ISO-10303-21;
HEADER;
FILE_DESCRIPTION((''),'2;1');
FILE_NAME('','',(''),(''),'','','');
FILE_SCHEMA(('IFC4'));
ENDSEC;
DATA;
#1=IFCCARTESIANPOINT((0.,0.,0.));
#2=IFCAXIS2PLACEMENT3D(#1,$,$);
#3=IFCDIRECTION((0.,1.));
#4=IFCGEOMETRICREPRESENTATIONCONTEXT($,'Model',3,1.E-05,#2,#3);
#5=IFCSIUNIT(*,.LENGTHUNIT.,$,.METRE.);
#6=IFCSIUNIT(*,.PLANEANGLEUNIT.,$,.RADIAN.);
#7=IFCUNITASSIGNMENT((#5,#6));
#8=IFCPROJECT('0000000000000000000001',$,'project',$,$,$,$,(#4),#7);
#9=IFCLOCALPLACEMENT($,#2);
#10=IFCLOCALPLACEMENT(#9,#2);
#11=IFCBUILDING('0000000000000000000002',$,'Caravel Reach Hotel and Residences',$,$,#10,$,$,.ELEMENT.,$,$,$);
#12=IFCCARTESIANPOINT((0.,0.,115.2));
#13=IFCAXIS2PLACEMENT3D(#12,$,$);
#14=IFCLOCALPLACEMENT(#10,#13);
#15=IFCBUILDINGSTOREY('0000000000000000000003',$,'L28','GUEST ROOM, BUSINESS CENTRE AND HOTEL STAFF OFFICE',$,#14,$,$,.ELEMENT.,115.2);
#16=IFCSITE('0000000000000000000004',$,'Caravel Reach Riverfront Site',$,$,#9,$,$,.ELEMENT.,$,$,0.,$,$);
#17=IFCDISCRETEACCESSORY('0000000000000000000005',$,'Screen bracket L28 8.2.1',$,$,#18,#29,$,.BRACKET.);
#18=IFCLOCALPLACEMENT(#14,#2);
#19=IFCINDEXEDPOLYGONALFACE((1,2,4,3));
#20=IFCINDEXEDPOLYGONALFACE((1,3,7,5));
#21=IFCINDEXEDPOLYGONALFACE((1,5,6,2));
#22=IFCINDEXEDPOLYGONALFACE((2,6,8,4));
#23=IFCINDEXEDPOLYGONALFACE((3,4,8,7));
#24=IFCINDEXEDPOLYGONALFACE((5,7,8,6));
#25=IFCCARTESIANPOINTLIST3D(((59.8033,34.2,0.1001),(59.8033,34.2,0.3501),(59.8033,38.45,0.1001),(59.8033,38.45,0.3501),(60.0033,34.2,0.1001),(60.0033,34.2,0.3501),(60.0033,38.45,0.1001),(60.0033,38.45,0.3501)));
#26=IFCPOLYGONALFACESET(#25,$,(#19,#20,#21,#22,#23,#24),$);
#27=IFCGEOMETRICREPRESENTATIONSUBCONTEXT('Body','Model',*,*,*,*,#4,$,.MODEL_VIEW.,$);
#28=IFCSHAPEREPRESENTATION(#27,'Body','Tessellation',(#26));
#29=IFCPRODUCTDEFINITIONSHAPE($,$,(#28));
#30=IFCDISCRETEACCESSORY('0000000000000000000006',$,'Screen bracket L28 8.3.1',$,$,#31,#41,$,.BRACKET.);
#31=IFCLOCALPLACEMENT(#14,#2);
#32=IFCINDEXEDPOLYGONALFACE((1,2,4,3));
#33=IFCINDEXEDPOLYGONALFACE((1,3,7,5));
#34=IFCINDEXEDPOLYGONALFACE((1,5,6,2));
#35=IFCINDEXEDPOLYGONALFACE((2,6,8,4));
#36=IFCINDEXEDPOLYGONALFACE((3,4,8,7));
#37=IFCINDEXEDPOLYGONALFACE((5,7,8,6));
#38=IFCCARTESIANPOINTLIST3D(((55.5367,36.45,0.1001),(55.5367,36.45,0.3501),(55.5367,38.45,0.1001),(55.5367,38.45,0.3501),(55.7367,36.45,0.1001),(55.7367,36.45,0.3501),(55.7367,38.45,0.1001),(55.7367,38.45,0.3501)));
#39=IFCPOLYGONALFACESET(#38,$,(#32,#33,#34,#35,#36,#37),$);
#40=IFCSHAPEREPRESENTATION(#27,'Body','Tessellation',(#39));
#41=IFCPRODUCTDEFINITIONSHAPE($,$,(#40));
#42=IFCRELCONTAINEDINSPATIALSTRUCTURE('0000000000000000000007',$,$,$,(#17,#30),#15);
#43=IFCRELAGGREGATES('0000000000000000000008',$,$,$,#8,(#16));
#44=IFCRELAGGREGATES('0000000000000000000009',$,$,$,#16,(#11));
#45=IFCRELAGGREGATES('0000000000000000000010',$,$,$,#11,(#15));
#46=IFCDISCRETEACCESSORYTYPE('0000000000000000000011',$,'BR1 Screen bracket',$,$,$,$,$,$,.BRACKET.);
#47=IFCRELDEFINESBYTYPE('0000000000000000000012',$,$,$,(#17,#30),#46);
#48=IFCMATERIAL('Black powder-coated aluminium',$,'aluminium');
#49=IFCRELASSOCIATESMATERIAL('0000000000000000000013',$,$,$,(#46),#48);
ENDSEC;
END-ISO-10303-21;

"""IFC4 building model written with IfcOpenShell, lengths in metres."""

from ifc_helpers import new_model, si_unit, direction, frame, origin, origin_2d, place, context, subcontext, project, spatial, rectangle, extrude, material, type_object, element, save


model = new_model("IFC4")

# Units and contexts
model_context = context("Model", 3, precision=1e-05, world=origin(), true_north=direction((0.0, 1.0)))
body_context = subcontext(model_context, "Body", "Model", "MODEL_VIEW")
ifc_project = project(units=[si_unit("LENGTHUNIT", "METRE"), si_unit("PLANEANGLEUNIT", "RADIAN")], contexts=[model_context])

# Site, building, storey
site_placement = place(None, origin())
site = spatial("IfcSite", under=ifc_project, at=site_placement, Name="Caravel Reach Riverfront Site", CompositionType="ELEMENT", RefElevation=0.0)
building_placement = place(site_placement, origin())
building = spatial("IfcBuilding", under=site, at=building_placement, Name="Caravel Reach Hotel and Residences", CompositionType="ELEMENT")
storey_placement = place(building_placement, frame((0.0, 0.0, 115.2)))
storey = spatial("IfcBuildingStorey", under=building, at=storey_placement, Name="L28", Description="GUEST ROOM, BUSINESS CENTRE AND HOTEL STAFF OFFICE", CompositionType="ELEMENT", Elevation=115.2)

# Discrete accessories
ifc_material_1 = material(Name="Black powder-coated aluminium", Category="aluminium")
discrete_accessory_type = type_object("IfcDiscreteAccessoryType", Name="BR1 Screen bracket", PredefinedType="BRACKET", material=ifc_material_1)
discrete_accessory_1_placement = place(storey_placement, frame((59.9033, 36.325, 0.1001), z_axis=(0.0, 0.0, 1.0), x_axis=(0.0, 1.0, 0.0)))
element("IfcDiscreteAccessory", 1, at=discrete_accessory_1_placement, inside=storey, type_object=discrete_accessory_type, Name="Screen bracket L28 8.2.1", PredefinedType="BRACKET", context=body_context, shape_type="SweptSolid", body=[
    extrude(rectangle(XDim=4.25, YDim=0.2, at=origin_2d()), origin(), (0.0, 0.0, 1.0), 0.25),
])
discrete_accessory_2_placement = place(storey_placement, frame((55.6367, 37.45, 0.1001), z_axis=(0.0, 0.0, 1.0), x_axis=(0.0, 1.0, 0.0)))
element("IfcDiscreteAccessory", 2, at=discrete_accessory_2_placement, inside=storey, type_object=discrete_accessory_type, Name="Screen bracket L28 8.3.1", PredefinedType="BRACKET", context=body_context, shape_type="SweptSolid", body=[
    extrude(rectangle(XDim=2.0, YDim=0.2, at=origin_2d()), origin(), (0.0, 0.0, 1.0), 0.25),
])

save(model, "model.ifc")
